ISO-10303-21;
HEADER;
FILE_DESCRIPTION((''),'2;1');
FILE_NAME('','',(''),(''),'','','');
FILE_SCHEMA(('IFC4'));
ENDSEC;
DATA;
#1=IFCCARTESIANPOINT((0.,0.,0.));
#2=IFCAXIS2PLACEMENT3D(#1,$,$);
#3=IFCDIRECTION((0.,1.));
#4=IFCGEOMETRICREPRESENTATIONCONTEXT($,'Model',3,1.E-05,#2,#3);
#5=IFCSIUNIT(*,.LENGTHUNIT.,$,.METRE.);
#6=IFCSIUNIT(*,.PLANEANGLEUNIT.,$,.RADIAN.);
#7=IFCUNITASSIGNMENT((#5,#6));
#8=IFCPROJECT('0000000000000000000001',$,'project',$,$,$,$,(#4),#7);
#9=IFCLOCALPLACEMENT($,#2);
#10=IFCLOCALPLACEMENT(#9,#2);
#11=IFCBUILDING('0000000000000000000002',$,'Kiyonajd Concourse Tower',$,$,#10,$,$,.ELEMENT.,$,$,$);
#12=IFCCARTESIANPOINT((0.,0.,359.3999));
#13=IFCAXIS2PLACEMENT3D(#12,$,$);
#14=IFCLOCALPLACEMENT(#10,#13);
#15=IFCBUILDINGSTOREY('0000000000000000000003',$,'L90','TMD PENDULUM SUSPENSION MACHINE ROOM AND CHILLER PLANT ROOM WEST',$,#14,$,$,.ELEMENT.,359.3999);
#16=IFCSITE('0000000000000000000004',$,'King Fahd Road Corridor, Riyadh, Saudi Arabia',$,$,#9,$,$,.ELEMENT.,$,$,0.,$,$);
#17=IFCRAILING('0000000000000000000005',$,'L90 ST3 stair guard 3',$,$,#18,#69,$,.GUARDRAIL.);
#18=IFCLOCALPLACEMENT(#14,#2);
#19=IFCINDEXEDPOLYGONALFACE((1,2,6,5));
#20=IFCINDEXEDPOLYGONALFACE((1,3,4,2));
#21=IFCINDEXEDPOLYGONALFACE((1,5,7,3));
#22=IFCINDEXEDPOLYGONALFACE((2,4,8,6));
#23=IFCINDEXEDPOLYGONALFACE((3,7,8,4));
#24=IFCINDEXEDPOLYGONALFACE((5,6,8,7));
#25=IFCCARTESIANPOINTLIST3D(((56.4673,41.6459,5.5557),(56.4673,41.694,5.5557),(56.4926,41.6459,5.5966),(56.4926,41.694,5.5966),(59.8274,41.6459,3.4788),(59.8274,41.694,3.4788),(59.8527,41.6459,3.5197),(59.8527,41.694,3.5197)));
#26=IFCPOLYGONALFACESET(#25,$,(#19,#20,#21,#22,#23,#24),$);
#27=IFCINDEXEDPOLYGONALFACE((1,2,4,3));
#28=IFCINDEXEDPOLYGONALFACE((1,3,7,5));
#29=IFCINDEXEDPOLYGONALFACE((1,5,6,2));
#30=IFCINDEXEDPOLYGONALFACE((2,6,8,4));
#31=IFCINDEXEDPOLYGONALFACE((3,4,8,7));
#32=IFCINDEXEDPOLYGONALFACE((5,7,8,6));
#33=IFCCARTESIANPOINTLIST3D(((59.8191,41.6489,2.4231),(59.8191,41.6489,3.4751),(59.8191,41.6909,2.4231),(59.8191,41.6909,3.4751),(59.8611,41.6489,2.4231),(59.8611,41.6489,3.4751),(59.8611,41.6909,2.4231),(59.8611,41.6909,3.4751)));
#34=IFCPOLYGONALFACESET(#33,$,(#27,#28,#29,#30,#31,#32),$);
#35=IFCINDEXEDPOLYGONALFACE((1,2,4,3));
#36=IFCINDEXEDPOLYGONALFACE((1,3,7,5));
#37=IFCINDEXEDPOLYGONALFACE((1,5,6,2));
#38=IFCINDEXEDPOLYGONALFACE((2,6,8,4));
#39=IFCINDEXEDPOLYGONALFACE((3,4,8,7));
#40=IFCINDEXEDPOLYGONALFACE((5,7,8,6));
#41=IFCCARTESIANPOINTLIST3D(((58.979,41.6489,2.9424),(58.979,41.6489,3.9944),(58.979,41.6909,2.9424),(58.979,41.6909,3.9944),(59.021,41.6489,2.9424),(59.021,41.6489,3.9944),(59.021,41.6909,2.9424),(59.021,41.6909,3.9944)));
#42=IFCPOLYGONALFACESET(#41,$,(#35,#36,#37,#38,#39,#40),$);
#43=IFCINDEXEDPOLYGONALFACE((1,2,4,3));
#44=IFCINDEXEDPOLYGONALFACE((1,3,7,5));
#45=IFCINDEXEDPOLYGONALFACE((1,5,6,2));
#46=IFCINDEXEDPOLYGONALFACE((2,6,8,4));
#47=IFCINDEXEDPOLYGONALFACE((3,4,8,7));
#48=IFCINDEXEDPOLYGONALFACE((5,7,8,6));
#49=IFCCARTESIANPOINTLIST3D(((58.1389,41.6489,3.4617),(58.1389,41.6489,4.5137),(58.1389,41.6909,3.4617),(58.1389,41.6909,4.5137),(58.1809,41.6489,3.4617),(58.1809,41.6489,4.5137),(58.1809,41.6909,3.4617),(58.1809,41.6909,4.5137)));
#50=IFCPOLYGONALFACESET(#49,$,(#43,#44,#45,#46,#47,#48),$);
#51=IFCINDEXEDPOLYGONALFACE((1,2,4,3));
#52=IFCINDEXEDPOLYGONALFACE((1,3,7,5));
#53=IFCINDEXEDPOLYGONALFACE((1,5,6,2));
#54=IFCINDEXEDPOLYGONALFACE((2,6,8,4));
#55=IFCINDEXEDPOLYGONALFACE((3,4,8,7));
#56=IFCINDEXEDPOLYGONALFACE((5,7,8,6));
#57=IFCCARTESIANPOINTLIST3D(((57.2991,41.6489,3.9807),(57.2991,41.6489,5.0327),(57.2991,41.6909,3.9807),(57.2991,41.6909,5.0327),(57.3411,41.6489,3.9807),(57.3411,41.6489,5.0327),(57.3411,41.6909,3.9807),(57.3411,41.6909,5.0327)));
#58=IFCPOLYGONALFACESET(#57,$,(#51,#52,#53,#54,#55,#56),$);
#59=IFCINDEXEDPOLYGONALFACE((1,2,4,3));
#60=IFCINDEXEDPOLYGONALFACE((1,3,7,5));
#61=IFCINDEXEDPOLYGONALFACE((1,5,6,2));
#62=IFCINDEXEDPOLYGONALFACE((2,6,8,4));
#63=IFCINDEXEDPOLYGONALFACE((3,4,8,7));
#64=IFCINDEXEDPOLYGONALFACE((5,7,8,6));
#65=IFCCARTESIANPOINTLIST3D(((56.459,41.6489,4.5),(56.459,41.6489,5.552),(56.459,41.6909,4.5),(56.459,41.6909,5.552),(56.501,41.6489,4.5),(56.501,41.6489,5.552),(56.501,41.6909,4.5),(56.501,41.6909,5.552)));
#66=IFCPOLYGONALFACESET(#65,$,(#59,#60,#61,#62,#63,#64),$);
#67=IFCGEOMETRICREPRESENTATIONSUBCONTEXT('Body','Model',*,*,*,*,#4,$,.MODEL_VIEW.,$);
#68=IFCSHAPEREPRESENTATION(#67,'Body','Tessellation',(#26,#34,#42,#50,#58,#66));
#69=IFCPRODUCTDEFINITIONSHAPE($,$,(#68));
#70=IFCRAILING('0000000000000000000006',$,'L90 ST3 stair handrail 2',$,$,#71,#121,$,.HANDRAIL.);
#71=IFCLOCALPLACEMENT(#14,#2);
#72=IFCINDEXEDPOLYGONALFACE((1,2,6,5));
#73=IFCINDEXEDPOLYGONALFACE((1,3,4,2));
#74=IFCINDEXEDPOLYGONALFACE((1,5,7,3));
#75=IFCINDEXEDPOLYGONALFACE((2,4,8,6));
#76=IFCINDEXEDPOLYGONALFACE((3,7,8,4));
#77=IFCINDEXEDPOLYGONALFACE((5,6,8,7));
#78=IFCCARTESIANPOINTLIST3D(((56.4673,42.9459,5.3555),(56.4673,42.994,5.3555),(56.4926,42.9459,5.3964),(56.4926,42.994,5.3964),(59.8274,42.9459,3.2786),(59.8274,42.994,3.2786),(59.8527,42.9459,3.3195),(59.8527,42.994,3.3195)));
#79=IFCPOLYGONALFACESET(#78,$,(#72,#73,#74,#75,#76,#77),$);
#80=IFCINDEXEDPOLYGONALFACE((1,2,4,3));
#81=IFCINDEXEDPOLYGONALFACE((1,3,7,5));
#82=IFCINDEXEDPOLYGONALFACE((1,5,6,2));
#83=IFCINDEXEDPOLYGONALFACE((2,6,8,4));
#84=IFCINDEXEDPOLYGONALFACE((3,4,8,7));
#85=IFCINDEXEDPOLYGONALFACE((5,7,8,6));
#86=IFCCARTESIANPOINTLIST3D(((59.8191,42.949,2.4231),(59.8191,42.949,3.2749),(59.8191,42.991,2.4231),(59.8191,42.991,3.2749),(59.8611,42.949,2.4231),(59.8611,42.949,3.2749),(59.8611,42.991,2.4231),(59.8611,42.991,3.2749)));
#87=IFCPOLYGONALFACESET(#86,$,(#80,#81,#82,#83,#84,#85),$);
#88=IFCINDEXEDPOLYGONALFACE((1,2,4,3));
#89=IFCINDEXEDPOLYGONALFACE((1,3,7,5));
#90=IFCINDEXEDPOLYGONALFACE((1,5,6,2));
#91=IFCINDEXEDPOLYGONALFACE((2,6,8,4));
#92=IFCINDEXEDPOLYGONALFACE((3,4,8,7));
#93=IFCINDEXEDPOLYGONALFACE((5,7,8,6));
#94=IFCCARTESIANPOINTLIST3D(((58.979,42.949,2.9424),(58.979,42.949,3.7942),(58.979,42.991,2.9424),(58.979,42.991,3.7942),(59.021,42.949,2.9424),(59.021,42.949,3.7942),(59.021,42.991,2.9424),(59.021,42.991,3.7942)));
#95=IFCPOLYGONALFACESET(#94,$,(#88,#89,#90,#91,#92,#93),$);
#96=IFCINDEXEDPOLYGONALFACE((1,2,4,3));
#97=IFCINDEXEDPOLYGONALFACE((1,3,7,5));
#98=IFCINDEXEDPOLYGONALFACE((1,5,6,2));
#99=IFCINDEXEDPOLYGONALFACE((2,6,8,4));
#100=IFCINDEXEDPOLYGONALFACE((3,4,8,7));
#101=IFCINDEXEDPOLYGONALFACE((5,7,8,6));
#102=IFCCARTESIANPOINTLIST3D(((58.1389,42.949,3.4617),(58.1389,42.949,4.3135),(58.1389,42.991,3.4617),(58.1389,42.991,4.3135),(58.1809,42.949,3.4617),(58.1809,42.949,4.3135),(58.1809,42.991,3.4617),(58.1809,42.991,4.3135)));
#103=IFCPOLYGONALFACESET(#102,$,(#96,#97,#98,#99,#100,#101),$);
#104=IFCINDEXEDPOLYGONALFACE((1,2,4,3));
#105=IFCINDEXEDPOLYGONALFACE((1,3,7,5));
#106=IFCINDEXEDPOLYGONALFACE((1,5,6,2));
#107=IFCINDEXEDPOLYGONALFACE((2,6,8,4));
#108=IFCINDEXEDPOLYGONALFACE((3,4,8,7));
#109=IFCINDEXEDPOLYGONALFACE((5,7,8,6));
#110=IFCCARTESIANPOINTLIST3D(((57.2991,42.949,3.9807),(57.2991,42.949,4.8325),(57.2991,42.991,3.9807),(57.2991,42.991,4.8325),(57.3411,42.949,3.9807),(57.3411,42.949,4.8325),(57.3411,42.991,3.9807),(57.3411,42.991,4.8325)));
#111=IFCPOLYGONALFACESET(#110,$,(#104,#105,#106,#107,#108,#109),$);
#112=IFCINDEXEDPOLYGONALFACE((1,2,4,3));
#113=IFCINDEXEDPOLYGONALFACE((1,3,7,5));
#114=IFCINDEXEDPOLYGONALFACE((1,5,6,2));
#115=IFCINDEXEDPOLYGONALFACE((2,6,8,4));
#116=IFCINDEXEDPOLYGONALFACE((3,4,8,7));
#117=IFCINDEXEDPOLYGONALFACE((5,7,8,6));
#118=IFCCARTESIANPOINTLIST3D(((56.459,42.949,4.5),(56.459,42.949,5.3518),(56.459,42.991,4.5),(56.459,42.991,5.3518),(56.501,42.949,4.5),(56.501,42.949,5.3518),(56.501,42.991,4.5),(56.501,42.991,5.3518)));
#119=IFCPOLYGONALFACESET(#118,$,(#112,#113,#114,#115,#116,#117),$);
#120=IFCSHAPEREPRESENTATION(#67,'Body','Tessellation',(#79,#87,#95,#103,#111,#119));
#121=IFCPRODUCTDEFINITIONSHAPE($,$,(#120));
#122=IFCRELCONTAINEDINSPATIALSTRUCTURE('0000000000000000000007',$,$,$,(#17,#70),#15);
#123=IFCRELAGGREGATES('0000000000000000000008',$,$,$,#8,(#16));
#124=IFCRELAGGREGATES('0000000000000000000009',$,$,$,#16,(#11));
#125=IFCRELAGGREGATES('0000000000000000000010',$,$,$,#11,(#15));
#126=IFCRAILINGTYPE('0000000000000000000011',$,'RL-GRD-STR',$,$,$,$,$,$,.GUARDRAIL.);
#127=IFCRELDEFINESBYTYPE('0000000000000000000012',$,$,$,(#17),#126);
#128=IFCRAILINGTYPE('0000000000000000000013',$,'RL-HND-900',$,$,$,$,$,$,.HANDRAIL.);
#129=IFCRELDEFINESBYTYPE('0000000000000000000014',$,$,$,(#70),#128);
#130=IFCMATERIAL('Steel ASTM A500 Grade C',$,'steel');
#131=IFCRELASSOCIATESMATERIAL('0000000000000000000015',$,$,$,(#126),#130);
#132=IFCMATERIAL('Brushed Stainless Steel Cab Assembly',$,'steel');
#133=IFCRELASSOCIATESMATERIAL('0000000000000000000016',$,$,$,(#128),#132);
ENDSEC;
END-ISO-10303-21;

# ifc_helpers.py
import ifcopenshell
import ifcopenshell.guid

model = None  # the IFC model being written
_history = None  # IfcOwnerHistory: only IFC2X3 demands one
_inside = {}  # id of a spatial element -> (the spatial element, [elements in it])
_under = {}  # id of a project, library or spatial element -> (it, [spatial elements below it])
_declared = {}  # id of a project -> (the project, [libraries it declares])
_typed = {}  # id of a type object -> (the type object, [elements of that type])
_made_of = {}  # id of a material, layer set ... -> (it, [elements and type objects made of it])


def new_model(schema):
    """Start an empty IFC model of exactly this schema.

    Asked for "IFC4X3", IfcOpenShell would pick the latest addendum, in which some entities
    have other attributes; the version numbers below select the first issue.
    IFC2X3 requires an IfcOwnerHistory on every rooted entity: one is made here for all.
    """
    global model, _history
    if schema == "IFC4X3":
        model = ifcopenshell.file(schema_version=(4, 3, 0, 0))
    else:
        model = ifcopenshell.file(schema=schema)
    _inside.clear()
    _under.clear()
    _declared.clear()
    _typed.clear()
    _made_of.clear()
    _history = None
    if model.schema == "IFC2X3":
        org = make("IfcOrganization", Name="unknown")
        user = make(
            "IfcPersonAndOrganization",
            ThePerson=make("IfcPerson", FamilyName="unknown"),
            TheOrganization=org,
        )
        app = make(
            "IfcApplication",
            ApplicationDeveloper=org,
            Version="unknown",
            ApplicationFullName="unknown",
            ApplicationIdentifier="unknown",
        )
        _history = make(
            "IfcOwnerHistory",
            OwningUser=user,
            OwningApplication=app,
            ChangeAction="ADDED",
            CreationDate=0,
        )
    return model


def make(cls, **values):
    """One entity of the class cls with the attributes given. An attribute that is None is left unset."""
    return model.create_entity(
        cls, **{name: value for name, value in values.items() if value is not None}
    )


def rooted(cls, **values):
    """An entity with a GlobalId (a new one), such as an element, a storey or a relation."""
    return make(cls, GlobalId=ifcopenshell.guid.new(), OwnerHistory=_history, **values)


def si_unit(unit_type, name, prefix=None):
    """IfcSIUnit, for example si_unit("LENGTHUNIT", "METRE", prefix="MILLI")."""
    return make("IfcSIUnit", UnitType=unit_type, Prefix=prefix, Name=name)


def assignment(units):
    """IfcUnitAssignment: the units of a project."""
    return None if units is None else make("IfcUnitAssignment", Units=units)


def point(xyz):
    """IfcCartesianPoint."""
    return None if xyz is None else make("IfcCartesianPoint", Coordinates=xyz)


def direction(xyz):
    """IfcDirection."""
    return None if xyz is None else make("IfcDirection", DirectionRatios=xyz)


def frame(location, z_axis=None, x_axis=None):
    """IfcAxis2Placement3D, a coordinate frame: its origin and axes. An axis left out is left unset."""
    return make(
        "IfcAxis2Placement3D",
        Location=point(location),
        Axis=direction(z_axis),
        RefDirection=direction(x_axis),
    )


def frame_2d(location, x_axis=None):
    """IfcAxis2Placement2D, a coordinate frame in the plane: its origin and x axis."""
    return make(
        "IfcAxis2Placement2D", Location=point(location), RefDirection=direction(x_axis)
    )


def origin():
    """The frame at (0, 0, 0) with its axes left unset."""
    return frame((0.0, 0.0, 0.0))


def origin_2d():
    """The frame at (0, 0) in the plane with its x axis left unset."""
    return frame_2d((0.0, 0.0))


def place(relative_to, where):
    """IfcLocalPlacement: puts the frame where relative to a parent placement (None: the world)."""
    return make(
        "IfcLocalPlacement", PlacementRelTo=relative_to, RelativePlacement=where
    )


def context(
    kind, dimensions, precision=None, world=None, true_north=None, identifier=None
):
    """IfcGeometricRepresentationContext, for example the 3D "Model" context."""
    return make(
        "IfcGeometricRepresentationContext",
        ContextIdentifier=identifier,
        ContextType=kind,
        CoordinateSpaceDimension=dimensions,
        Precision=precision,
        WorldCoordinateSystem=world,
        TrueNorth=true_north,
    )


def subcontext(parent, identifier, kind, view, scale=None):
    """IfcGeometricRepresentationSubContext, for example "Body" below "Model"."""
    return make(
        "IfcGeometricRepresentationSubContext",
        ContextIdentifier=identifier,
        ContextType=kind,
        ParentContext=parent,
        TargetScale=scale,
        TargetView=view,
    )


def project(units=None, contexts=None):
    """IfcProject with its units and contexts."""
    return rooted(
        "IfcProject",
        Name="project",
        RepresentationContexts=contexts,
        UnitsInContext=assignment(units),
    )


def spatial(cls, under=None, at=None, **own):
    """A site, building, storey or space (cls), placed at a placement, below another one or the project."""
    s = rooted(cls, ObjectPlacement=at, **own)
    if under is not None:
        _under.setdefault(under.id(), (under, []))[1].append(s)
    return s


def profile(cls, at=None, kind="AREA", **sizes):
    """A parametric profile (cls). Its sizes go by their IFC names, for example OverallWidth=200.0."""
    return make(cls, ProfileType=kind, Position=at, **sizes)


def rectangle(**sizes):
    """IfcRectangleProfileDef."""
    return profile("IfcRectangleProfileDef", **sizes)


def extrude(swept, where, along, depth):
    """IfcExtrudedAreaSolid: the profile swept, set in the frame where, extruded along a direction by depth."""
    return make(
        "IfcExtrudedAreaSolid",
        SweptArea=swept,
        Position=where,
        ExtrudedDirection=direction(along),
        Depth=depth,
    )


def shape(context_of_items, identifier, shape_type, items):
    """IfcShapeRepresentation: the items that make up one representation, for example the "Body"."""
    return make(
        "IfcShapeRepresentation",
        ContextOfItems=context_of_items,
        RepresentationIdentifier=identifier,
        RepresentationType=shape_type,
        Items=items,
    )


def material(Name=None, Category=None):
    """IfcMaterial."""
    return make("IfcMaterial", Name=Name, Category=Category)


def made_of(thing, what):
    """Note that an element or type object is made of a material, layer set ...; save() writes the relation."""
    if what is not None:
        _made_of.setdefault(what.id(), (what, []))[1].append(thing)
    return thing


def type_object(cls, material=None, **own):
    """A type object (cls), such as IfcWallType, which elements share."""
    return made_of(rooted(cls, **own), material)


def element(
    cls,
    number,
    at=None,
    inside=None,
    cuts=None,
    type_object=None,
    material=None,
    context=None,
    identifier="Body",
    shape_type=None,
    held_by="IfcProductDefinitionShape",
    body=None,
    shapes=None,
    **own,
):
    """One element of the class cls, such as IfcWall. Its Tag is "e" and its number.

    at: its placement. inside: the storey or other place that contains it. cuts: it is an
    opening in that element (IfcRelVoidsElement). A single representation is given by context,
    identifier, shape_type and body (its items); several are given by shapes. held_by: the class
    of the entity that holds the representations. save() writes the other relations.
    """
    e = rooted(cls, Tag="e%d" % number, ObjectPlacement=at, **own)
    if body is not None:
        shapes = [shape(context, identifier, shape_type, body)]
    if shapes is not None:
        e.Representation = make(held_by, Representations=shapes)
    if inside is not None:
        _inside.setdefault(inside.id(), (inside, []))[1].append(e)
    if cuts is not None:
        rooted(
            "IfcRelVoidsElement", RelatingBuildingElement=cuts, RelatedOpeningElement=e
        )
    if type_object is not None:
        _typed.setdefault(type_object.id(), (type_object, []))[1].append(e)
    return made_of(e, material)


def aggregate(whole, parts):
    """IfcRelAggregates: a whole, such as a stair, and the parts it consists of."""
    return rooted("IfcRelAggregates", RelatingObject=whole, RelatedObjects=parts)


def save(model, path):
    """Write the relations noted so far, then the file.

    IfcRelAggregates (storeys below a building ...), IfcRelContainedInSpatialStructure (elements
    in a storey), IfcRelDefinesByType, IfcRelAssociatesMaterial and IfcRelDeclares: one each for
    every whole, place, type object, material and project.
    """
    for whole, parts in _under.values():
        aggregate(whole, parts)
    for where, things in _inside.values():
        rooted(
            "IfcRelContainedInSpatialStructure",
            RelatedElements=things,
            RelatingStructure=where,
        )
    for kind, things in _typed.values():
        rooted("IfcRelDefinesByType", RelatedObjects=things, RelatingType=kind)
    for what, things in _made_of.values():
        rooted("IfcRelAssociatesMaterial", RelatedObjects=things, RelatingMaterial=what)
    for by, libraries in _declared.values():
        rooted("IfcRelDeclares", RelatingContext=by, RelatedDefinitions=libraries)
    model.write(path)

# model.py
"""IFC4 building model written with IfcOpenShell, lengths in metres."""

from ifc_helpers import new_model, si_unit, direction, frame, origin, origin_2d, place, context, subcontext, project, spatial, rectangle, extrude, material, type_object, element, save


model = new_model("IFC4")

# Units and contexts
model_context = context("Model", 3, precision=1e-05, world=origin(), true_north=direction((0.0, 1.0)))
body_context = subcontext(model_context, "Body", "Model", "MODEL_VIEW")
ifc_project = project(units=[si_unit("LENGTHUNIT", "METRE"), si_unit("PLANEANGLEUNIT", "RADIAN")], contexts=[model_context])

# Site, building, storey
site_placement = place(None, origin())
site = spatial("IfcSite", under=ifc_project, at=site_placement, Name="King Fahd Road Corridor, Riyadh, Saudi Arabia", CompositionType="ELEMENT", RefElevation=0.0)
building_placement = place(site_placement, origin())
building = spatial("IfcBuilding", under=site, at=building_placement, Name="Kiyonajd Concourse Tower", CompositionType="ELEMENT")
storey_placement = place(building_placement, frame((0.0, 0.0, 359.3999)))
storey = spatial("IfcBuildingStorey", under=building, at=storey_placement, Name="L90", Description="TMD PENDULUM SUSPENSION MACHINE ROOM AND CHILLER PLANT ROOM WEST", CompositionType="ELEMENT", Elevation=359.3999)

# Railings
ifc_material_1 = material(Name="Steel ASTM A500 Grade C", Category="steel")
railing_type_1 = type_object("IfcRailingType", Name="RL-GRD-STR", PredefinedType="GUARDRAIL", material=ifc_material_1)
railing_1_placement = place(storey_placement, frame((59.8401, 41.6699, 2.4231)))
element("IfcRailing", 1, at=railing_1_placement, inside=storey, type_object=railing_type_1, Name="L90 ST3 stair guard 3", PredefinedType="GUARDRAIL", context=body_context, shape_type="SweptSolid", body=[
    extrude(rectangle(XDim=0.0481, YDim=0.0481, at=origin_2d()), frame((0.0, 0.0, 1.0762), z_axis=(-0.850623, 0.0, 0.525776), x_axis=(0.0, -1.0, 0.0)), (0.0, 0.0, 1.0), 3.9502),
    extrude(rectangle(XDim=0.042, YDim=0.042, at=origin_2d()), origin(), (0.0, 0.0, 1.0), 1.052),
    extrude(rectangle(XDim=0.042, YDim=0.042, at=origin_2d()), frame((-0.8401, 0.0, 0.5193)), (0.0, 0.0, 1.0), 1.052),
    extrude(rectangle(XDim=0.042, YDim=0.042, at=origin_2d()), frame((-1.6802, 0.0, 1.0386)), (0.0, 0.0, 1.0), 1.052),
    extrude(rectangle(XDim=0.042, YDim=0.042, at=origin_2d()), frame((-2.52, 0.0, 1.5576)), (0.0, 0.0, 1.0), 1.052),
    extrude(rectangle(XDim=0.042, YDim=0.042, at=origin_2d()), frame((-3.3601, 0.0, 2.0769)), (0.0, 0.0, 1.0), 1.052),
])
ifc_material_2 = material(Name="Brushed Stainless Steel Cab Assembly", Category="steel")
railing_type_2 = type_object("IfcRailingType", Name="RL-HND-900", PredefinedType="HANDRAIL", material=ifc_material_2)
railing_2_placement = place(storey_placement, frame((59.8401, 42.97, 2.4231)))
element("IfcRailing", 2, at=railing_2_placement, inside=storey, type_object=railing_type_2, Name="L90 ST3 stair handrail 2", PredefinedType="HANDRAIL", context=body_context, shape_type="SweptSolid", body=[
    extrude(rectangle(XDim=0.0481, YDim=0.0481, at=origin_2d()), frame((0.0, 0.0, 0.876), z_axis=(-0.850623, 0.0, 0.525776), x_axis=(0.0, -1.0, 0.0)), (0.0, 0.0, 1.0), 3.9502),
    extrude(rectangle(XDim=0.042, YDim=0.042, at=origin_2d()), origin(), (0.0, 0.0, 1.0), 0.8518),
    extrude(rectangle(XDim=0.042, YDim=0.042, at=origin_2d()), frame((-0.8401, 0.0, 0.5193)), (0.0, 0.0, 1.0), 0.8518),
    extrude(rectangle(XDim=0.042, YDim=0.042, at=origin_2d()), frame((-1.6802, 0.0, 1.0386)), (0.0, 0.0, 1.0), 0.8518),
    extrude(rectangle(XDim=0.042, YDim=0.042, at=origin_2d()), frame((-2.52, 0.0, 1.5576)), (0.0, 0.0, 1.0), 0.8518),
    extrude(rectangle(XDim=0.042, YDim=0.042, at=origin_2d()), frame((-3.3601, 0.0, 2.0769)), (0.0, 0.0, 1.0), 0.8518),
])

save(model, "model.ifc")
